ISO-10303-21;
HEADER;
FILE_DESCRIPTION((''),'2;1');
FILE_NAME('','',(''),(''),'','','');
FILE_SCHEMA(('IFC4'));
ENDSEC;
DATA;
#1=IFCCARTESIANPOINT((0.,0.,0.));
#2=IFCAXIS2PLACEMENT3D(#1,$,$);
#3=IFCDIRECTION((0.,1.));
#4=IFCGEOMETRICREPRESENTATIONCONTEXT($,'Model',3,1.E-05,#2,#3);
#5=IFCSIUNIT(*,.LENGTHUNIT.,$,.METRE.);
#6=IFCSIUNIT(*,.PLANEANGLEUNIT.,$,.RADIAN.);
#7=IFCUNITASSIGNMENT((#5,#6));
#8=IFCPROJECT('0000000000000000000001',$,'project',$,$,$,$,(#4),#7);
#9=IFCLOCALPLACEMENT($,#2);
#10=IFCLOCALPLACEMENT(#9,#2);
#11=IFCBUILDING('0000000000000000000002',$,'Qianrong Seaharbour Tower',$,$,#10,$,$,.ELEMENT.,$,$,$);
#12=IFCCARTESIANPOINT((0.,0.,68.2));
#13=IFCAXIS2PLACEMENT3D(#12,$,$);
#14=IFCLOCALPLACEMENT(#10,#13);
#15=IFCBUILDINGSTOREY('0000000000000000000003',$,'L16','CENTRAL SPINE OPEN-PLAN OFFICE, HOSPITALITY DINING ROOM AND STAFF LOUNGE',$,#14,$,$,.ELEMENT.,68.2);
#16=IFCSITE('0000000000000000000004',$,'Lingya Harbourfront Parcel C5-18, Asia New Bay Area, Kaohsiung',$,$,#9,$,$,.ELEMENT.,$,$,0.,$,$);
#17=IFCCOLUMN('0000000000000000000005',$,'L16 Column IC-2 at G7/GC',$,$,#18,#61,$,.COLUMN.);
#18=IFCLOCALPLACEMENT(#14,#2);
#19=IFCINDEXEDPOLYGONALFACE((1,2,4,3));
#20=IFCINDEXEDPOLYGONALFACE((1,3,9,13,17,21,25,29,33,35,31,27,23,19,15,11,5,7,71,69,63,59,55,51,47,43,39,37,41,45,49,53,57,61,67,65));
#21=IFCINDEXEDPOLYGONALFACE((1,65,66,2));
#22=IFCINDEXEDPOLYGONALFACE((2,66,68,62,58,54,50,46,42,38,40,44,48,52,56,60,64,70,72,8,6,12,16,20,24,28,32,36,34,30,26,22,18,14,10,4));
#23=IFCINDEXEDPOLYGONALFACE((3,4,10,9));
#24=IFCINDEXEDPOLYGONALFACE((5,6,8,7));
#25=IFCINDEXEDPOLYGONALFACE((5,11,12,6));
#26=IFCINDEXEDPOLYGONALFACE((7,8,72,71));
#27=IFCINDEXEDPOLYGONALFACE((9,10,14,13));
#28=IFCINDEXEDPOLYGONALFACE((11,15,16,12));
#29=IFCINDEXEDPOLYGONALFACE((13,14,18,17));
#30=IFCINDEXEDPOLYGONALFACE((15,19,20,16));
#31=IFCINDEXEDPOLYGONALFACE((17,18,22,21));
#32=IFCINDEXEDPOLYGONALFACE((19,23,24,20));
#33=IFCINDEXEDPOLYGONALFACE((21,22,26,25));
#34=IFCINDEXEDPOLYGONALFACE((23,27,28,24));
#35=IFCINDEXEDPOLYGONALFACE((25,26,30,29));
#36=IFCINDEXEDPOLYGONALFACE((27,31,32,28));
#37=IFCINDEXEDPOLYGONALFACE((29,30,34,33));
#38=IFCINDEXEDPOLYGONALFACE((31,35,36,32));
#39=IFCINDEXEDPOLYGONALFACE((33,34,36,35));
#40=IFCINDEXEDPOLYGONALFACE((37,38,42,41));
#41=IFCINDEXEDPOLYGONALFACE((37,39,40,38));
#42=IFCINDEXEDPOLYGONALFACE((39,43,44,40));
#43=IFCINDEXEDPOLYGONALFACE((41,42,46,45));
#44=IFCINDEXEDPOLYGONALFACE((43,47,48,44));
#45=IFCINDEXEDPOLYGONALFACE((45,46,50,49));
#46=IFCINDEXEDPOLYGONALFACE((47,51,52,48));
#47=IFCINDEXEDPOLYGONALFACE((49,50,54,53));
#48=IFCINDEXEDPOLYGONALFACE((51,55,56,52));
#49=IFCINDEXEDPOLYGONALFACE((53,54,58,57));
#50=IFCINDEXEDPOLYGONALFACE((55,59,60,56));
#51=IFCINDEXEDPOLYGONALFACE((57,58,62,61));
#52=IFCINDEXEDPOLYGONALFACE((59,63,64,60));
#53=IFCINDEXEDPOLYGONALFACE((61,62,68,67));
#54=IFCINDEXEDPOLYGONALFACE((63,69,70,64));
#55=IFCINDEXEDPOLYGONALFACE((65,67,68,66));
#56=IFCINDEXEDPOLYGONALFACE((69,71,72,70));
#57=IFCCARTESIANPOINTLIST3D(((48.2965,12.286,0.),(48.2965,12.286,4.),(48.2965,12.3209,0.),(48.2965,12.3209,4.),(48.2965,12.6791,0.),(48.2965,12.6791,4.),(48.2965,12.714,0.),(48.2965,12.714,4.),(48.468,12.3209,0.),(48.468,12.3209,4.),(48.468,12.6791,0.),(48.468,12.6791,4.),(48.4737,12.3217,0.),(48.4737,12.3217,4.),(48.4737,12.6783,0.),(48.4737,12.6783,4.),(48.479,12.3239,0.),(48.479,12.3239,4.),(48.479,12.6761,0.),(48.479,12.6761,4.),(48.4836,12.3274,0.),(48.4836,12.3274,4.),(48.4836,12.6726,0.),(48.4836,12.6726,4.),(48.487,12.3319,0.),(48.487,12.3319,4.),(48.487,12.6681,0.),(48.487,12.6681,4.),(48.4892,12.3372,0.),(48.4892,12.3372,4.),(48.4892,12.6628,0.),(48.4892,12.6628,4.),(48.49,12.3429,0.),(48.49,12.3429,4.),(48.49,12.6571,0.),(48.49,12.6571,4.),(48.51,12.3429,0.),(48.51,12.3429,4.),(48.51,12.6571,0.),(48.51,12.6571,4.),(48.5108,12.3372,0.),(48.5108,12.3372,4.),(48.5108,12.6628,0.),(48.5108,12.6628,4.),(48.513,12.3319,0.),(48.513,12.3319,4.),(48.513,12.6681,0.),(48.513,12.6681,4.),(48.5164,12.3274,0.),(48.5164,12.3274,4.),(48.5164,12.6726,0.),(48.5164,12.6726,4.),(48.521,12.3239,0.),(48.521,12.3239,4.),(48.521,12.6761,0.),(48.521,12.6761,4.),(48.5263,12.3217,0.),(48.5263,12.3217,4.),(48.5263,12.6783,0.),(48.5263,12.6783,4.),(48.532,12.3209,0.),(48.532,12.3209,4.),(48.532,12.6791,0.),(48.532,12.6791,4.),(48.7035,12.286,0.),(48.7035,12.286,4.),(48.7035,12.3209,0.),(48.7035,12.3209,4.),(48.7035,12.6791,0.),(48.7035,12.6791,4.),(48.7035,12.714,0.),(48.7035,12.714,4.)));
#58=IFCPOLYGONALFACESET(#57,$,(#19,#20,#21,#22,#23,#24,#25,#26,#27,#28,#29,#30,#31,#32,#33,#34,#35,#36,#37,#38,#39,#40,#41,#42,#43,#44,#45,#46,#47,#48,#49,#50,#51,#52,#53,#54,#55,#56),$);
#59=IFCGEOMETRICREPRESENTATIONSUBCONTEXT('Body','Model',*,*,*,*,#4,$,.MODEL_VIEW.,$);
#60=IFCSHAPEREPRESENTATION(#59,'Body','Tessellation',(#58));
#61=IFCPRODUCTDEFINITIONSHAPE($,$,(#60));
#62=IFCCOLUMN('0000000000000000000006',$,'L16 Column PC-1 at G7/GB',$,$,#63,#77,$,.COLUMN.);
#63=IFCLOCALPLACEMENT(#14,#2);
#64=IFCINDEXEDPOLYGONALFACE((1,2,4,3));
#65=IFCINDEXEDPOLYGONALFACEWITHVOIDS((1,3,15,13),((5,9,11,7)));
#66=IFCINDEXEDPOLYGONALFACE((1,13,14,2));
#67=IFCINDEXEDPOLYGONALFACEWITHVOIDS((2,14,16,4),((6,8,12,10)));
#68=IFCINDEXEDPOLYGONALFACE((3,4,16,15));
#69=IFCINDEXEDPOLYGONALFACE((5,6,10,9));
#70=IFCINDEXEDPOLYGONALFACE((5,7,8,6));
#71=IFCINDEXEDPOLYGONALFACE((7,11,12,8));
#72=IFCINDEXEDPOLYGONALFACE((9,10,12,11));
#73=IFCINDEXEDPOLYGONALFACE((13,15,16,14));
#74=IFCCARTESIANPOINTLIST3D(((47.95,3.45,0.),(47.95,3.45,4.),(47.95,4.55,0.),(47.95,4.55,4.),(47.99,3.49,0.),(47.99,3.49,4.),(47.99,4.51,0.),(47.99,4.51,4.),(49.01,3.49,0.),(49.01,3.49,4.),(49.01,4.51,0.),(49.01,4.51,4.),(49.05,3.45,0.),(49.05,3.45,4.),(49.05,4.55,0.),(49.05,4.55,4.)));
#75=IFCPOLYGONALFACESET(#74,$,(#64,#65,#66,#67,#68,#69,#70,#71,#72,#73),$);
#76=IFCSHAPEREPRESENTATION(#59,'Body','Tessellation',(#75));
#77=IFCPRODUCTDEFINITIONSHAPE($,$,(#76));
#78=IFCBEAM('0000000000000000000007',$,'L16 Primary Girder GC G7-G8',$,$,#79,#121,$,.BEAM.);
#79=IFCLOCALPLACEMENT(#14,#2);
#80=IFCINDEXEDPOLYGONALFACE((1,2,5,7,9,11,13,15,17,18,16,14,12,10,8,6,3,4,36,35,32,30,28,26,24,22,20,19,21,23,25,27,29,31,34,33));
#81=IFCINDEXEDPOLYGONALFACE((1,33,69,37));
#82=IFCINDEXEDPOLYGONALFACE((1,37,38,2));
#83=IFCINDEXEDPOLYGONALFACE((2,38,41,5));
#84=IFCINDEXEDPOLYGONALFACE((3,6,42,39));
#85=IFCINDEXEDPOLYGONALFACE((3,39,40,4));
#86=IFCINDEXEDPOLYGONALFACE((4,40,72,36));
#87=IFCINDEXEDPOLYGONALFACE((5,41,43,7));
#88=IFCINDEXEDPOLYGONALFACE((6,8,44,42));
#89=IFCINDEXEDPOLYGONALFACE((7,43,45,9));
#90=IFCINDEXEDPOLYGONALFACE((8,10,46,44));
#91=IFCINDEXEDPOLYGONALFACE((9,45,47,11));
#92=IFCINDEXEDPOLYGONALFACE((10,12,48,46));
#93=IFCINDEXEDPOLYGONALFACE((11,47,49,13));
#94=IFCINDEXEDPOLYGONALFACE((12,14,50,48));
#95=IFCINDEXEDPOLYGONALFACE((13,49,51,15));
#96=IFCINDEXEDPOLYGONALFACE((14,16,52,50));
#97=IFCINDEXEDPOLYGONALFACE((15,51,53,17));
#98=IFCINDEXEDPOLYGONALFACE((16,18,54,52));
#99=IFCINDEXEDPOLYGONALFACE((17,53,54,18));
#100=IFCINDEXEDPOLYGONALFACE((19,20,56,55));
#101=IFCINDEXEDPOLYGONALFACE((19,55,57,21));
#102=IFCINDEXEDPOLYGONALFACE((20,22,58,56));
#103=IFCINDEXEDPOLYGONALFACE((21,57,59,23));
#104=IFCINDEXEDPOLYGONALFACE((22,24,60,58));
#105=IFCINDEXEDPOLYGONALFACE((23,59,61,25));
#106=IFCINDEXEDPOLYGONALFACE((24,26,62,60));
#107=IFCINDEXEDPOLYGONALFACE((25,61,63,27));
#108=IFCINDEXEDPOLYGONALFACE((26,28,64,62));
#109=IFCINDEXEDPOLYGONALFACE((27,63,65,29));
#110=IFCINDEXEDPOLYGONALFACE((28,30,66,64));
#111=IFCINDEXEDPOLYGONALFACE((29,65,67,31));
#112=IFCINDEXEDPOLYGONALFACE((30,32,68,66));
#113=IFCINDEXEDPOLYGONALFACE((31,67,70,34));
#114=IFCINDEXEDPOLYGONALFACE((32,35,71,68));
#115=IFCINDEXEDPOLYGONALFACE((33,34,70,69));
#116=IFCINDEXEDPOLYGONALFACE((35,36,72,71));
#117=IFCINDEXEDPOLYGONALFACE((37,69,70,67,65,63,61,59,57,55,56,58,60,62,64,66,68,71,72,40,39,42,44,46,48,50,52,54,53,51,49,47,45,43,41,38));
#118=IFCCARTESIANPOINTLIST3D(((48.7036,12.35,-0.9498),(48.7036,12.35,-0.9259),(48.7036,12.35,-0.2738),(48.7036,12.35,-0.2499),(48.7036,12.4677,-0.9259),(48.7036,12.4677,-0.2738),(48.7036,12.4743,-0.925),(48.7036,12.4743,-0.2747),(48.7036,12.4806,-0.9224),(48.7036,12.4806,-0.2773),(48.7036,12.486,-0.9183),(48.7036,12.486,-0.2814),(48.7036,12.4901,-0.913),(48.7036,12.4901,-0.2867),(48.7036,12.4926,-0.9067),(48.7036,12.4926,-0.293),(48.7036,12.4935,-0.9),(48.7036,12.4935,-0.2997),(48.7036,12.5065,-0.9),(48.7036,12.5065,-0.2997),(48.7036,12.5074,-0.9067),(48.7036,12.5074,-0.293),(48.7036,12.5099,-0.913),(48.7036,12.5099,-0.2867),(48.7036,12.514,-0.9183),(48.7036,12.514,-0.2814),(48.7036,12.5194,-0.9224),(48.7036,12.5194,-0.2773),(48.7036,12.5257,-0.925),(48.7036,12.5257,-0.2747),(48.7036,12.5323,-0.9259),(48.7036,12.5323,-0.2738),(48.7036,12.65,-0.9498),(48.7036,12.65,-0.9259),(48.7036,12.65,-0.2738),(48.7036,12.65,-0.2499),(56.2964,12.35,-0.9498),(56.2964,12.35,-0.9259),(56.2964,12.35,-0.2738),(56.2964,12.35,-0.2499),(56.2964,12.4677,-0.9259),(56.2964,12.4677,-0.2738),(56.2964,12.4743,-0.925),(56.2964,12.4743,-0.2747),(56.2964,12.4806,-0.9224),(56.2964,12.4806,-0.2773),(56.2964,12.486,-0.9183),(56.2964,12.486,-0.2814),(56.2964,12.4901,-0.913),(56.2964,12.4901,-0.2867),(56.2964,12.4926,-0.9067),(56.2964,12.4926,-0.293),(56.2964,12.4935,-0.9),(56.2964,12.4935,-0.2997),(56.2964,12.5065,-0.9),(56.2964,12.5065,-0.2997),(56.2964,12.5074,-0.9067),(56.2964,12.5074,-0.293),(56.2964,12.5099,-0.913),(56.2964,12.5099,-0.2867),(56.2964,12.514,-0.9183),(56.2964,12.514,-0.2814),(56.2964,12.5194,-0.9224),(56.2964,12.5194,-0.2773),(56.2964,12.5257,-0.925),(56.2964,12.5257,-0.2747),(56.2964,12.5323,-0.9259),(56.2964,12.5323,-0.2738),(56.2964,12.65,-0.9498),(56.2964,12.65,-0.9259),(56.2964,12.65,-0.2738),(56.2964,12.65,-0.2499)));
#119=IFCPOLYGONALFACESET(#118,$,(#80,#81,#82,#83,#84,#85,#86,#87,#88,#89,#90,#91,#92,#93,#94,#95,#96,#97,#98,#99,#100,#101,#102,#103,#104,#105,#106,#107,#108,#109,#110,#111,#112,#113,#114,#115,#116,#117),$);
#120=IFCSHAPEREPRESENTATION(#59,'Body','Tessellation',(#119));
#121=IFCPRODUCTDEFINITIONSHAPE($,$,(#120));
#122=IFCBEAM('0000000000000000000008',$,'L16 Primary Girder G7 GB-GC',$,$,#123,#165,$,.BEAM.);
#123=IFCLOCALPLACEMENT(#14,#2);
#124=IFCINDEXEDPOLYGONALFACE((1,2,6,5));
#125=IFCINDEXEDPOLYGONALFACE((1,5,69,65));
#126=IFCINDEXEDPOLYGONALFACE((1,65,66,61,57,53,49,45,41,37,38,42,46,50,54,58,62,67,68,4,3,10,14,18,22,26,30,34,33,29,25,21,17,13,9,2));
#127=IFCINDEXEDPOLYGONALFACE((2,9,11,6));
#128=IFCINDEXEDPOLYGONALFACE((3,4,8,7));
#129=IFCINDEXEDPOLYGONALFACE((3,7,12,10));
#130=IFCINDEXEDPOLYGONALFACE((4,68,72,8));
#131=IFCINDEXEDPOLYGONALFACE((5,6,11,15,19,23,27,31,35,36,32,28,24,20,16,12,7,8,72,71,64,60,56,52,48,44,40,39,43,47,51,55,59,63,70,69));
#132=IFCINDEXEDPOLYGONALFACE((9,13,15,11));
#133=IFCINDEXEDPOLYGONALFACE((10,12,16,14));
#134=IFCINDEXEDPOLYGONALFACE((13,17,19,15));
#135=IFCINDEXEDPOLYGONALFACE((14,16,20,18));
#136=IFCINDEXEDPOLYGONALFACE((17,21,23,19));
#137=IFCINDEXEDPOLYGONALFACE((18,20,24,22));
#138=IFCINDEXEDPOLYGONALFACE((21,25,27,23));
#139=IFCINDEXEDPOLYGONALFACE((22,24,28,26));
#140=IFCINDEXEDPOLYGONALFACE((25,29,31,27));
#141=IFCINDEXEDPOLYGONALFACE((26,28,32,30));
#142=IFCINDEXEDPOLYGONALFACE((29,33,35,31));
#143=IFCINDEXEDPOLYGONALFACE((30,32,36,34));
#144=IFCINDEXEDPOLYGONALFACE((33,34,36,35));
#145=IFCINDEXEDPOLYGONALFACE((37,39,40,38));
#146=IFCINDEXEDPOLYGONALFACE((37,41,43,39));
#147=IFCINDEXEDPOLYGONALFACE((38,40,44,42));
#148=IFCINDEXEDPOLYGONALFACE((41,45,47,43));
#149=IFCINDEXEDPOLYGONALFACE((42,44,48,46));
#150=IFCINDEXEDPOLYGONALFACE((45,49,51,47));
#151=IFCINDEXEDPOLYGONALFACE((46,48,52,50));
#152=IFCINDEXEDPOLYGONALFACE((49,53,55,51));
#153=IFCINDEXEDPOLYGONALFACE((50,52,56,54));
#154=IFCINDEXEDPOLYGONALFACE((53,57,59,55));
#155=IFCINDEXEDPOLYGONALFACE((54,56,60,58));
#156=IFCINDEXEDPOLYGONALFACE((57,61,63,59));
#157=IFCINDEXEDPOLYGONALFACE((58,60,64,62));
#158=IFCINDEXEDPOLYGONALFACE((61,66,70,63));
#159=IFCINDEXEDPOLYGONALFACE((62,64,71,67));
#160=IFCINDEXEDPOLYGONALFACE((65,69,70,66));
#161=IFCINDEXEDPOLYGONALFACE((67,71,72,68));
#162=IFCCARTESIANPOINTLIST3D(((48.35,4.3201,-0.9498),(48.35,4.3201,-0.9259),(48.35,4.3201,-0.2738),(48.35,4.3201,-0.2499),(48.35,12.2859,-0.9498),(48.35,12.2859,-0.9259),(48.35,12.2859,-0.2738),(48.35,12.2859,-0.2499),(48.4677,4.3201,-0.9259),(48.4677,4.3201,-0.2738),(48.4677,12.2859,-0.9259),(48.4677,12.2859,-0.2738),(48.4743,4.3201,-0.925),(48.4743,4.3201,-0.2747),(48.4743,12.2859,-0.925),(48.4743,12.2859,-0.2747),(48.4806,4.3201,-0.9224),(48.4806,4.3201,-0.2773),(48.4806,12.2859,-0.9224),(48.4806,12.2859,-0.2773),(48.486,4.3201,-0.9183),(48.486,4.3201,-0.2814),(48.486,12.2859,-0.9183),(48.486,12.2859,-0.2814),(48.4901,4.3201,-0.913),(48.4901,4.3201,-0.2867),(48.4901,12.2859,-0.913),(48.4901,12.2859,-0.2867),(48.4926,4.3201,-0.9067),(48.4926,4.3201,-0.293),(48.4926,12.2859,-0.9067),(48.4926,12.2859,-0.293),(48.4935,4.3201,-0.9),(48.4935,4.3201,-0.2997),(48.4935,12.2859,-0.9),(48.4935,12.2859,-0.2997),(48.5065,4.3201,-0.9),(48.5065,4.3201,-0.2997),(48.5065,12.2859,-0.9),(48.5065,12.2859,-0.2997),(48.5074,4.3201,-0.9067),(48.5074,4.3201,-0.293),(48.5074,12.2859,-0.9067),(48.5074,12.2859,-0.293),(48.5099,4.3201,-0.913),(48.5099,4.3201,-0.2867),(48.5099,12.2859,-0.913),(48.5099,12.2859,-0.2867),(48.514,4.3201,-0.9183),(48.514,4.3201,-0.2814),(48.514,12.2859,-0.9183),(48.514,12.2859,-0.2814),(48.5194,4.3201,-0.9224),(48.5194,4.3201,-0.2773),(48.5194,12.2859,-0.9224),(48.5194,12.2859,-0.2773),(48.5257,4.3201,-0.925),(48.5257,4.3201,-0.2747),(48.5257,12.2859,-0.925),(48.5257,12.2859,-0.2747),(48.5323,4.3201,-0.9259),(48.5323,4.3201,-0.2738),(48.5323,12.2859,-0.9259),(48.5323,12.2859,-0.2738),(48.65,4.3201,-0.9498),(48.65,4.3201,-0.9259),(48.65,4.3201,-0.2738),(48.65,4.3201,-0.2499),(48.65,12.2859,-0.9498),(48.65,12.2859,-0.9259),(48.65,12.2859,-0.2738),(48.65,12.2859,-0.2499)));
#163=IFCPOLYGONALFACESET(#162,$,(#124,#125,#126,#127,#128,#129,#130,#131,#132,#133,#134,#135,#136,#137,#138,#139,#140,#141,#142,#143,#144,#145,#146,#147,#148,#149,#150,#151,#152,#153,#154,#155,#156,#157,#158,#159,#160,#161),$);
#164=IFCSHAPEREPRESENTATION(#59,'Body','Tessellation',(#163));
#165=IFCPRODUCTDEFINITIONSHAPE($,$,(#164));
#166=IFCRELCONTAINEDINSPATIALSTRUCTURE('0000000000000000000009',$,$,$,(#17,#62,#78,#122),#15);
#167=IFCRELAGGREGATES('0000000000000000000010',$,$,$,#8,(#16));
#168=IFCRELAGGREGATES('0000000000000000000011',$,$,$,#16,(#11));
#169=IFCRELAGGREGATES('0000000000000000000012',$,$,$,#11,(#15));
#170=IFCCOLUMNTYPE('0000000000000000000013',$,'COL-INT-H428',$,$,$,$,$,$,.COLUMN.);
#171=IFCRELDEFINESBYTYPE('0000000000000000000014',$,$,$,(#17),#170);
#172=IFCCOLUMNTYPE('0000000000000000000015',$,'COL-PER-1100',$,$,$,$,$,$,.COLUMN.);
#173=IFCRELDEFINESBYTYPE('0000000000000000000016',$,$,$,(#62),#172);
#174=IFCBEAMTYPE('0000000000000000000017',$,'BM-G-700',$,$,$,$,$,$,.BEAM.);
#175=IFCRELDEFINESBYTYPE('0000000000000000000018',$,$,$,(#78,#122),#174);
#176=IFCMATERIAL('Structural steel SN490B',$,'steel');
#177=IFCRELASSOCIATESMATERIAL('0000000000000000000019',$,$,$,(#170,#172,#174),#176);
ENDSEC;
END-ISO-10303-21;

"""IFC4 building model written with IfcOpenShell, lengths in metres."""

from ifc_helpers import new_model, si_unit, direction, frame, origin, origin_2d, place, context, subcontext, project, spatial, hollow_rectangle, i_section, extrude, material, material_profile, profile_set, type_object, element, save


model = new_model("IFC4")

# Units and contexts
model_context = context("Model", 3, precision=1e-05, world=origin(), true_north=direction((0.0, 1.0)))
body_context = subcontext(model_context, "Body", "Model", "MODEL_VIEW")
ifc_project = project(units=[si_unit("LENGTHUNIT", "METRE"), si_unit("PLANEANGLEUNIT", "RADIAN")], contexts=[model_context])

# Site, building, storey
site_placement = place(None, origin())
site = spatial("IfcSite", under=ifc_project, at=site_placement, Name="Lingya Harbourfront Parcel C5-18, Asia New Bay Area, Kaohsiung", CompositionType="ELEMENT", RefElevation=0.0)
building_placement = place(site_placement, origin())
building = spatial("IfcBuilding", under=site, at=building_placement, Name="Qianrong Seaharbour Tower", CompositionType="ELEMENT")
storey_placement = place(building_placement, frame((0.0, 0.0, 68.2)))
storey = spatial("IfcBuildingStorey", under=building, at=storey_placement, Name="L16", Description="CENTRAL SPINE OPEN-PLAN OFFICE, HOSPITALITY DINING ROOM AND STAFF LOUNGE", CompositionType="ELEMENT", Elevation=68.2)

# Columns
ifc_material_1 = material(Name="Structural steel SN490B", Category="steel")
ifc_material_profile_1 = material_profile(ifc_material_1, i_section(OverallWidth=0.407, OverallDepth=0.428, WebThickness=0.02, FlangeThickness=0.0349, FilletRadius=0.022, at=origin_2d()), Name="H428x407x20x35")
ifc_profile_set_1 = profile_set([ifc_material_profile_1], Name="Structural steel SN490B")
column_type_1 = type_object("IfcColumnType", Name="COL-INT-H428", PredefinedType="COLUMN", material=ifc_profile_set_1)
column_1_placement = place(storey_placement, frame((48.5, 12.5, 0.0), z_axis=(0.0, 0.0, 1.0), x_axis=(1.0, 0.0, 0.0)))
element("IfcColumn", 1, at=column_1_placement, inside=storey, type_object=column_type_1, Name="L16 Column IC-2 at G7/GC", PredefinedType="COLUMN", context=body_context, shape_type="SweptSolid", body=[
    extrude(i_section(OverallWidth=0.407, OverallDepth=0.428, WebThickness=0.02, FlangeThickness=0.0349, FilletRadius=0.022, at=origin_2d()), origin(), (0.0, 0.0, 1.0), 4.0),
])
ifc_material_profile_2 = material_profile(ifc_material_1, hollow_rectangle(XDim=1.1001, YDim=1.1001, WallThickness=0.04, at=origin_2d()), Name="BOX1100x1100x40")
ifc_profile_set_2 = profile_set([ifc_material_profile_2], Name="Structural steel SN490B")
column_type_2 = type_object("IfcColumnType", Name="COL-PER-1100", PredefinedType="COLUMN", material=ifc_profile_set_2)
column_2_placement = place(storey_placement, frame((48.5, 4.0, 0.0), z_axis=(0.0, 0.0, 1.0), x_axis=(1.0, 0.0, 0.0)))
element("IfcColumn", 2, at=column_2_placement, inside=storey, type_object=column_type_2, Name="L16 Column PC-1 at G7/GB", PredefinedType="COLUMN", context=body_context, shape_type="SweptSolid", body=[
    extrude(hollow_rectangle(XDim=1.1001, YDim=1.1001, WallThickness=0.04, at=origin_2d()), origin(), (0.0, 0.0, 1.0), 4.0),
])

# Beams
ifc_material_profile_3 = material_profile(ifc_material_1, i_section(OverallWidth=0.3, OverallDepth=0.7, WebThickness=0.0129, FlangeThickness=0.0239, FilletRadius=0.0259, at=origin_2d()), Name="H700x300x13x24")
ifc_profile_set_3 = profile_set([ifc_material_profile_3], Name="Structural steel SN490B")
beam_type_1 = type_object("IfcBeamType", Name="BM-G-700", PredefinedType="BEAM", material=ifc_profile_set_3)
beam_1_placement = place(storey_placement, frame((48.7036, 12.5, -0.5999), z_axis=(1.0, 0.0, 0.0), x_axis=(0.0, 1.0, 0.0)))
element("IfcBeam", 3, at=beam_1_placement, inside=storey, type_object=beam_type_1, Name="L16 Primary Girder GC G7-G8", PredefinedType="BEAM", context=body_context, shape_type="SweptSolid", body=[
    extrude(i_section(OverallWidth=0.3, OverallDepth=0.7, WebThickness=0.0129, FlangeThickness=0.0239, FilletRadius=0.0259, at=origin_2d()), origin(), (0.0, 0.0, 1.0), 7.5928),
])
beam_2_placement = place(storey_placement, frame((48.5, 4.3201, -0.5999), z_axis=(0.0, 1.0, 0.0), x_axis=(-1.0, 0.0, 0.0)))
element("IfcBeam", 4, at=beam_2_placement, inside=storey, type_object=beam_type_1, Name="L16 Primary Girder G7 GB-GC", PredefinedType="BEAM", context=body_context, shape_type="SweptSolid", body=[
    extrude(i_section(OverallWidth=0.3, OverallDepth=0.7, WebThickness=0.0129, FlangeThickness=0.0239, FilletRadius=0.0259, at=origin_2d()), origin(), (0.0, 0.0, 1.0), 7.9658),
])

save(model, "model.ifc")
